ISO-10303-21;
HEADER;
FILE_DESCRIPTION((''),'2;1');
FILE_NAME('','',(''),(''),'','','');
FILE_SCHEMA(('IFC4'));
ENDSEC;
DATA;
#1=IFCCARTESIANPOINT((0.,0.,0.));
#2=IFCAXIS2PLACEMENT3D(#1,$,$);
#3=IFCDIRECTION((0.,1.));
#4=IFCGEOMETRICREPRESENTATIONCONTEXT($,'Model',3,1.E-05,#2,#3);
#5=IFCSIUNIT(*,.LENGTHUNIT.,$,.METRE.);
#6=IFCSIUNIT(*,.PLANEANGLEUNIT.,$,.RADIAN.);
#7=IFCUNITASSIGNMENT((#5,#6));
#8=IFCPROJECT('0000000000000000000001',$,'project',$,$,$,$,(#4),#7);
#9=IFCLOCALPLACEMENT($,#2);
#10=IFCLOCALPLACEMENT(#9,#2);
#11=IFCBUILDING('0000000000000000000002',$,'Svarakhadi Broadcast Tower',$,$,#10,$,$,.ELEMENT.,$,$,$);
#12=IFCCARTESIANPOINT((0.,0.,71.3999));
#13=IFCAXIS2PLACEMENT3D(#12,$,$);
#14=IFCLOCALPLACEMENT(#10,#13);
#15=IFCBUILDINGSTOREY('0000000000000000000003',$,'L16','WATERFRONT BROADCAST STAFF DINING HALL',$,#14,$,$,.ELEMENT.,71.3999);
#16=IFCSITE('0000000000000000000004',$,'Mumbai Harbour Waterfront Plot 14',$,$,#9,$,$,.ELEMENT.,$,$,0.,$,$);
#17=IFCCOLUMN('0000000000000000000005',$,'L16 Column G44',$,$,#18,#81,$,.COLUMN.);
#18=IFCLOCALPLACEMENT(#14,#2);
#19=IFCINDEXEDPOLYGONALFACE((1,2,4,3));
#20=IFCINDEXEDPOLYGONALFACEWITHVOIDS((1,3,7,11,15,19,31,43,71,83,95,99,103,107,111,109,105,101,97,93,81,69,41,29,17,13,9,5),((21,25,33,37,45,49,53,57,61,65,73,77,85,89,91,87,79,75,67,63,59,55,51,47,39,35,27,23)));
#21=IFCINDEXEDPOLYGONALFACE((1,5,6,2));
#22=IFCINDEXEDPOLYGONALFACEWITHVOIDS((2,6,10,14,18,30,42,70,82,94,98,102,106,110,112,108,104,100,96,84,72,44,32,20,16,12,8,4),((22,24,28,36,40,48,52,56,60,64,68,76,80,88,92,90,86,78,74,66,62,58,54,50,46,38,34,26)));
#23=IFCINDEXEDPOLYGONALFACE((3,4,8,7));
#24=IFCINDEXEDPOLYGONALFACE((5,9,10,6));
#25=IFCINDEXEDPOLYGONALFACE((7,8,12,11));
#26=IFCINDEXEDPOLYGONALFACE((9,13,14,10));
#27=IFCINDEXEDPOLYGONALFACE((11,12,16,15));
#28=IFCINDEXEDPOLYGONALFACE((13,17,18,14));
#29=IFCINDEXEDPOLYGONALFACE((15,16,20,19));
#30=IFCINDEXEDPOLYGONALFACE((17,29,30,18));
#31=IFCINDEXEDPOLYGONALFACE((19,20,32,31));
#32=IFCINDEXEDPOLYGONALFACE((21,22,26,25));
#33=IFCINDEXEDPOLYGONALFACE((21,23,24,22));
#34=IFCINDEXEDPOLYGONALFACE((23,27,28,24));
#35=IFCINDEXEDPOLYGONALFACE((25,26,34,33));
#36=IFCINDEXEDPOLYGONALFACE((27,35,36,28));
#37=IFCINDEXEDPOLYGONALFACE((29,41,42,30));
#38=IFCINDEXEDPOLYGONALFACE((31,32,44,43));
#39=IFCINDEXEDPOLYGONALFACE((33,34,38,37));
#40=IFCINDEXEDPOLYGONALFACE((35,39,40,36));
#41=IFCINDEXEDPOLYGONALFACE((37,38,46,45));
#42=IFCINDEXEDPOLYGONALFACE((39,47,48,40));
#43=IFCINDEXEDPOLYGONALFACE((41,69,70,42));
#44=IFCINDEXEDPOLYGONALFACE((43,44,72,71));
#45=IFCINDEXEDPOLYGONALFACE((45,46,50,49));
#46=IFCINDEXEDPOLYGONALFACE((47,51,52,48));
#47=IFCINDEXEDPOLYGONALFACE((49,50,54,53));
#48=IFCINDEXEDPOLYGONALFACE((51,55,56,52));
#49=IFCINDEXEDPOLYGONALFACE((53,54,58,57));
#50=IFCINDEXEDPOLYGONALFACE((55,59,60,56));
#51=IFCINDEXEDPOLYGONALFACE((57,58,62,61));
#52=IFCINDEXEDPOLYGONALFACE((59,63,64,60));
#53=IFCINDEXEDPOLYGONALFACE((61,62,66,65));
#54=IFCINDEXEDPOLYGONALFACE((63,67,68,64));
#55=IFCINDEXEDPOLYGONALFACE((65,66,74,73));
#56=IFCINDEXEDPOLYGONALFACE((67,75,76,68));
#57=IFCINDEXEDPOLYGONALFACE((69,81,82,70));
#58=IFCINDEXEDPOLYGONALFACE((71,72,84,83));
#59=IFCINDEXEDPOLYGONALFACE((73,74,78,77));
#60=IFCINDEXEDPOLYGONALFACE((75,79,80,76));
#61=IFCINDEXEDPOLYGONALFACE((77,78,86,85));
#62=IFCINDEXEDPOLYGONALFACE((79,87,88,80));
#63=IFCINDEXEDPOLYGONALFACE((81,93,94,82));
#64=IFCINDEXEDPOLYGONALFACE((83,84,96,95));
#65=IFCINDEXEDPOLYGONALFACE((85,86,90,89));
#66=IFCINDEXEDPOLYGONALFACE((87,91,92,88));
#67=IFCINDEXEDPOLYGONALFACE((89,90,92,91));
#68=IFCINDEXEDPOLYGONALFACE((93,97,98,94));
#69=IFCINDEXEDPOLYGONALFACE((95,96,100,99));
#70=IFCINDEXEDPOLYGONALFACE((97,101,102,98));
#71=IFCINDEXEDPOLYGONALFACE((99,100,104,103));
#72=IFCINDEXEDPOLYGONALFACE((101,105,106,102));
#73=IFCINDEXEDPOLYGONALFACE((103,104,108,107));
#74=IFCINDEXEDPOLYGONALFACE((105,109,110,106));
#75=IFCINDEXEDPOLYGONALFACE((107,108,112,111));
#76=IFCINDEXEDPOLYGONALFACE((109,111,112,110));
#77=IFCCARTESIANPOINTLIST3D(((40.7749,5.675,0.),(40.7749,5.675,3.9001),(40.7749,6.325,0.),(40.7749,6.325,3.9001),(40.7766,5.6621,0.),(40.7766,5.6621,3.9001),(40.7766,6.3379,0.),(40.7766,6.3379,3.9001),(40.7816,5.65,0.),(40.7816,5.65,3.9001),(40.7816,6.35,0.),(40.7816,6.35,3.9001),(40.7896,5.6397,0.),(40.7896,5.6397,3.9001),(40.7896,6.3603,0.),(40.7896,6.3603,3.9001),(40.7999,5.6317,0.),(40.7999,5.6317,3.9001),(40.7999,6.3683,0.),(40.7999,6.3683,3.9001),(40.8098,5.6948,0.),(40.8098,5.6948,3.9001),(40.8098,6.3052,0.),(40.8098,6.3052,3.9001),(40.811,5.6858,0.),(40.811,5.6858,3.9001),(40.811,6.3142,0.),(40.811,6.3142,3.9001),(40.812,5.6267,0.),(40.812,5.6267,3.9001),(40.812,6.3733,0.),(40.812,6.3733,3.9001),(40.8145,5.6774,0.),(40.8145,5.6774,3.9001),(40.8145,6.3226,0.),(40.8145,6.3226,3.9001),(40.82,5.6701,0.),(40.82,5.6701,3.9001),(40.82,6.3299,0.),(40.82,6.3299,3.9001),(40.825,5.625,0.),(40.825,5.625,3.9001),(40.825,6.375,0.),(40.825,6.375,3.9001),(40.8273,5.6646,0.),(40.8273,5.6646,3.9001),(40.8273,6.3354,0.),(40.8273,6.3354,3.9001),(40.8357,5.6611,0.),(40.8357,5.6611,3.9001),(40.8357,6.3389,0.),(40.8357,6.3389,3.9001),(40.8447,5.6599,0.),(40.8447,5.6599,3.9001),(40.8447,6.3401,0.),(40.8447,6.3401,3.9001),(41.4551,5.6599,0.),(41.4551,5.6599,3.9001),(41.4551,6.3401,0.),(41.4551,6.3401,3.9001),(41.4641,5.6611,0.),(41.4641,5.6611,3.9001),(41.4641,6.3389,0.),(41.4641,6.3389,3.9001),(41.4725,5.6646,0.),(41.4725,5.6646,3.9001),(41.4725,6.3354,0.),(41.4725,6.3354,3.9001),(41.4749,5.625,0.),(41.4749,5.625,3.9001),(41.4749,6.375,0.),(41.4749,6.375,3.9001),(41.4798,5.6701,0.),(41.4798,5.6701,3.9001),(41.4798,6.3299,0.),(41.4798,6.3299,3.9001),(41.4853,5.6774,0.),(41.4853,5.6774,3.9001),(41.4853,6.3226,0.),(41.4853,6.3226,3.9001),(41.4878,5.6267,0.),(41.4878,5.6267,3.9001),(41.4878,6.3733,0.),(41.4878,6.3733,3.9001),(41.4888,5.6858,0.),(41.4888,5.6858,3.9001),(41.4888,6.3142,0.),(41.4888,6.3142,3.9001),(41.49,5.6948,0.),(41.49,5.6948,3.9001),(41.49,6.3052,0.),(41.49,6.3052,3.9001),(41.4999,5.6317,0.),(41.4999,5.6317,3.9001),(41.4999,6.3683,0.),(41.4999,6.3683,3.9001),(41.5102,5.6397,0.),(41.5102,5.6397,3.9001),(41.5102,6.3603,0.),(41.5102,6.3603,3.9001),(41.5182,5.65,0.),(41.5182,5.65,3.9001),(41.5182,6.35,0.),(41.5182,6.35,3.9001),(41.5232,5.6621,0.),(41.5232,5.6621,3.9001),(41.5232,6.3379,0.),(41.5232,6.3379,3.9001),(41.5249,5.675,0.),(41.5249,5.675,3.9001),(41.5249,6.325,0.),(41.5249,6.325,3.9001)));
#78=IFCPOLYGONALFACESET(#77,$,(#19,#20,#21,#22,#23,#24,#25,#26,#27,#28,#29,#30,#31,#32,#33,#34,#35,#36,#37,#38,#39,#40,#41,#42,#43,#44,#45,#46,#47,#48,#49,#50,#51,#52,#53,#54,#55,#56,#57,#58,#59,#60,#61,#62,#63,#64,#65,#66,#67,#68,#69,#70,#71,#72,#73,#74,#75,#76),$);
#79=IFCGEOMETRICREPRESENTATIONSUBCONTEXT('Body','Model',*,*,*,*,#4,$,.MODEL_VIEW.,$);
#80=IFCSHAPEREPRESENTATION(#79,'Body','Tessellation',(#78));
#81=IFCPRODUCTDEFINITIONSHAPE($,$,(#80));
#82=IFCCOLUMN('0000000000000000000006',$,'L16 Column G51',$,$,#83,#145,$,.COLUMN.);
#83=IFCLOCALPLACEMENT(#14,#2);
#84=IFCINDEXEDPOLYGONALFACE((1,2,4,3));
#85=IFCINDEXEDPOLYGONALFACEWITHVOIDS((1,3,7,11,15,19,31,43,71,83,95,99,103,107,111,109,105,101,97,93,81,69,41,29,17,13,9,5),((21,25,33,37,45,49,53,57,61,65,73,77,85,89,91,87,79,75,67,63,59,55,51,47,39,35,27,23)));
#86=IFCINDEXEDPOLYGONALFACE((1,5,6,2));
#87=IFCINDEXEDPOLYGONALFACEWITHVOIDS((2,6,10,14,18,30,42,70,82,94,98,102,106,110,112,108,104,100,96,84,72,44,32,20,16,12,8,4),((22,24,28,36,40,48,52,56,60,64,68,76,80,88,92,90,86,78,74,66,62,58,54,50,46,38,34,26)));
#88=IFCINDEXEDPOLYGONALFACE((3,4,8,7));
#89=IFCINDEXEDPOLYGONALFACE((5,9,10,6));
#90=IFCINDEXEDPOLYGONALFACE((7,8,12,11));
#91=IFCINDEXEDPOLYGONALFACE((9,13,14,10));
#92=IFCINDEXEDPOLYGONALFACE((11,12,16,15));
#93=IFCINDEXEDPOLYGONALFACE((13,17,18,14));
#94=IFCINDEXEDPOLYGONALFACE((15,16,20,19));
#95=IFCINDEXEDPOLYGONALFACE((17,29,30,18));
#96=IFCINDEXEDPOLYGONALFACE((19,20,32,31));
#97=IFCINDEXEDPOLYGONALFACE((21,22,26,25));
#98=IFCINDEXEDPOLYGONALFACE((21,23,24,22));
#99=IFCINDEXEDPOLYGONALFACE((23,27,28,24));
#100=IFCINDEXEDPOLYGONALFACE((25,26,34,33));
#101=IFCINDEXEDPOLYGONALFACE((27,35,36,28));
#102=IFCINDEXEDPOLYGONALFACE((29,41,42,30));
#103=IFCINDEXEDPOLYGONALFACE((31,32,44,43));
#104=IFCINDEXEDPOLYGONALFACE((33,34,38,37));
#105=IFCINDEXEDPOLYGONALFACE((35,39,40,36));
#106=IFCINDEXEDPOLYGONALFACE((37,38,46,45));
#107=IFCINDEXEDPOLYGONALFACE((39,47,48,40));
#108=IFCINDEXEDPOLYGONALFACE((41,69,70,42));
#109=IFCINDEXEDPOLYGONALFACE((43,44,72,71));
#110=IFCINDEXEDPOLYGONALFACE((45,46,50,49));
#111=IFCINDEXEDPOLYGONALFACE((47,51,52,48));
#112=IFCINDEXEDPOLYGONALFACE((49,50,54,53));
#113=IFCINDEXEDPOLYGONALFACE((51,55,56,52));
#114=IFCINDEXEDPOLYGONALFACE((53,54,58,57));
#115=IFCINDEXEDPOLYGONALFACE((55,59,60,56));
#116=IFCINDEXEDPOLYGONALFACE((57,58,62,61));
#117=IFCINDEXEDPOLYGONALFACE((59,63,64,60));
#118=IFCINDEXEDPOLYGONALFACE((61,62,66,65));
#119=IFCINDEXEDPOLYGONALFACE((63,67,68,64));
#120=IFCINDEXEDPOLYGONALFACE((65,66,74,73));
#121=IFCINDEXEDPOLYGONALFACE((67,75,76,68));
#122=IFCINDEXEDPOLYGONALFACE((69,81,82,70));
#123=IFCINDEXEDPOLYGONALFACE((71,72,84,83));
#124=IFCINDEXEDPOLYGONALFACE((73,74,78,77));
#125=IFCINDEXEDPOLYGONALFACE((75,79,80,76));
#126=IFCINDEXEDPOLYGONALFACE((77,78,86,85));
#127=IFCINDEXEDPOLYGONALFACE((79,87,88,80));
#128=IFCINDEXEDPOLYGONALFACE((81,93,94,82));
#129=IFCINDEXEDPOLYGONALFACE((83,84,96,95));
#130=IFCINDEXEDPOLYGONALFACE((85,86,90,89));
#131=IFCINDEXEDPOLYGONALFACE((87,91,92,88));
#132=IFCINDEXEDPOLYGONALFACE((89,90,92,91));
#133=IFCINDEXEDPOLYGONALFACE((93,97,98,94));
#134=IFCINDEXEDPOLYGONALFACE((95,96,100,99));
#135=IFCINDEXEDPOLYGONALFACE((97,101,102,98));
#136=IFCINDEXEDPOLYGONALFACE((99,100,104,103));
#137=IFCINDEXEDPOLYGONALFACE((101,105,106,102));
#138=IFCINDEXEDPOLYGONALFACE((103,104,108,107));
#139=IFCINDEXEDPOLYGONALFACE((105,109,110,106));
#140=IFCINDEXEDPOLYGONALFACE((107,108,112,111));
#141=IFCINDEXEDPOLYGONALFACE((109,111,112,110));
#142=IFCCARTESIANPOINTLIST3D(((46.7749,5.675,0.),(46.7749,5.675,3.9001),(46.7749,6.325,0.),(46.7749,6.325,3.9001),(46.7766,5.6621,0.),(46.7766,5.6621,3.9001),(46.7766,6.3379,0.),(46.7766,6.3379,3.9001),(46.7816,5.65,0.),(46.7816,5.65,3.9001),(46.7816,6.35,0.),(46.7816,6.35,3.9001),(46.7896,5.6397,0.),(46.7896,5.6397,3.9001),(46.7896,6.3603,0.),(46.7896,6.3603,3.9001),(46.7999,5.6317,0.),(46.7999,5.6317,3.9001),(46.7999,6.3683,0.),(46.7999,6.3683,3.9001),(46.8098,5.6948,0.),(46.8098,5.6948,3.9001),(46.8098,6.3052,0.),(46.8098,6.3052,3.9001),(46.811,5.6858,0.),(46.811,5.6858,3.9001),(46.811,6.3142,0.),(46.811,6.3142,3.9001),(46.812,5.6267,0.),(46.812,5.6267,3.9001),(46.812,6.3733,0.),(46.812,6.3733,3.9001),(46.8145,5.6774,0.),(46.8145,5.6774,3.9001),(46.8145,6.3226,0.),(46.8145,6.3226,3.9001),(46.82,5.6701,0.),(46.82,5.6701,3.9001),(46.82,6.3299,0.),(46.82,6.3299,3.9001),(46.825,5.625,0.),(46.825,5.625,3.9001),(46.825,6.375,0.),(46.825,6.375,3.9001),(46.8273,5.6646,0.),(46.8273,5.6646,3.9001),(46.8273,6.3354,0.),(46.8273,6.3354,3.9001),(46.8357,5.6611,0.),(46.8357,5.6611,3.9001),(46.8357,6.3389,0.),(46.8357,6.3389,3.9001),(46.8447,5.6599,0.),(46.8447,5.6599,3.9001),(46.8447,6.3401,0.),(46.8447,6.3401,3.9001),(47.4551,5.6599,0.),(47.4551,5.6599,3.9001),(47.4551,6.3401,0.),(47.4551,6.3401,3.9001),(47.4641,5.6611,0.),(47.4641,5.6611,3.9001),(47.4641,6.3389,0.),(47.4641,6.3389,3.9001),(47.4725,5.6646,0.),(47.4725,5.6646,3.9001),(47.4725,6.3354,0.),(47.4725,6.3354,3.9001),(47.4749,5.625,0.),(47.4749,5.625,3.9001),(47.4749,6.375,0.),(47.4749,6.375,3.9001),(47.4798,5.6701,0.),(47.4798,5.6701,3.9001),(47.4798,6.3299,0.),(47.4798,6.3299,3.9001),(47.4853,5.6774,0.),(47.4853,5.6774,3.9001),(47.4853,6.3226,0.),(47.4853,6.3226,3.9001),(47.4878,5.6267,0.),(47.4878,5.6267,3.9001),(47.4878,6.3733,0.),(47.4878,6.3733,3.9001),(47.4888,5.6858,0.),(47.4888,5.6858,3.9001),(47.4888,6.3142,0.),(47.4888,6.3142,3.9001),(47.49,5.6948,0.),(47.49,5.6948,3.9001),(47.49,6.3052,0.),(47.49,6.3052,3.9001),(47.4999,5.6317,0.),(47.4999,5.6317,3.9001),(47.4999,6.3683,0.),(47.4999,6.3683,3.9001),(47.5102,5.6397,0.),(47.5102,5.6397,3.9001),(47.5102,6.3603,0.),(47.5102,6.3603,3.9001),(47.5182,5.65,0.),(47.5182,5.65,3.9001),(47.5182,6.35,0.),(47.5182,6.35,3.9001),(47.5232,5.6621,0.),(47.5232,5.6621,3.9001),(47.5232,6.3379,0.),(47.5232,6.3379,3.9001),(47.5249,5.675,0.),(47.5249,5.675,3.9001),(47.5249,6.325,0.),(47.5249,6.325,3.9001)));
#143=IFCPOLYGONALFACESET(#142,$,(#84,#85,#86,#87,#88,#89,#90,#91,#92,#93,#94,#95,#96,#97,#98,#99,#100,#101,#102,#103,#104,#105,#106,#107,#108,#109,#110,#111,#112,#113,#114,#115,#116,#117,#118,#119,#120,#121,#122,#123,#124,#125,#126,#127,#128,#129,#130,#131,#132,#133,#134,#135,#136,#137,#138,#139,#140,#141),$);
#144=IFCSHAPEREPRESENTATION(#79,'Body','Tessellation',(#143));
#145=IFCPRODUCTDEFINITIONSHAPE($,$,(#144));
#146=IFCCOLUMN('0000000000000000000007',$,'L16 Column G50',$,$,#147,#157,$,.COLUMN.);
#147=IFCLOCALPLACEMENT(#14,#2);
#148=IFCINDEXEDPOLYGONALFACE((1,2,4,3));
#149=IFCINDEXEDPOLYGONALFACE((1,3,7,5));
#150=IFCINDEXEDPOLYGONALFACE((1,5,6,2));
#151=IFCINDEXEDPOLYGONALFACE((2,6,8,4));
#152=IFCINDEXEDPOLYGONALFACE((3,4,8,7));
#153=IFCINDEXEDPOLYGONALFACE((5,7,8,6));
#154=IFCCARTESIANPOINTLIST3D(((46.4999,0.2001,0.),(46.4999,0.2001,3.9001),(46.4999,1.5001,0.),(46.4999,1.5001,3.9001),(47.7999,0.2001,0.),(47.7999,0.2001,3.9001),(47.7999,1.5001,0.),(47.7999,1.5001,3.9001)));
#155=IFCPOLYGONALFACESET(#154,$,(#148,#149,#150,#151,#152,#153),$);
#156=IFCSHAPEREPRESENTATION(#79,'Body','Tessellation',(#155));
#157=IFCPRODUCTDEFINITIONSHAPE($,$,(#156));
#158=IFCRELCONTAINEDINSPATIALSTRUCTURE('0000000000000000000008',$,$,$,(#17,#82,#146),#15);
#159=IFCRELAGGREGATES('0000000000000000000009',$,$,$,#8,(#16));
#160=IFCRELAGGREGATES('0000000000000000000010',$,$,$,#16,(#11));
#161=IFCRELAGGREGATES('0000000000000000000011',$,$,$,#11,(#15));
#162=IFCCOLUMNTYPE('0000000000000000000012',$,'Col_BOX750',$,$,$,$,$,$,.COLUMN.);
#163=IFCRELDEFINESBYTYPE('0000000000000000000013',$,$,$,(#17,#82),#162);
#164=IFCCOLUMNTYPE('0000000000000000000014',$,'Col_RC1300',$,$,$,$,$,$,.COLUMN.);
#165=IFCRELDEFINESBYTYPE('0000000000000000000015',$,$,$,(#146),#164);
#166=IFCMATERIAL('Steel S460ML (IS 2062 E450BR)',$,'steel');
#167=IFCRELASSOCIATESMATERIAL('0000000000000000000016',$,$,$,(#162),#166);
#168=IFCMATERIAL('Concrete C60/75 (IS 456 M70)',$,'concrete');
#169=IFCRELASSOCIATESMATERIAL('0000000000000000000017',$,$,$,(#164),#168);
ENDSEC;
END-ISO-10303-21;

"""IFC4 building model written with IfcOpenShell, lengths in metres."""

from ifc_helpers import new_model, si_unit, direction, frame, origin, origin_2d, place, context, subcontext, project, spatial, rectangle, hollow_rectangle, extrude, material, material_profile, profile_set, type_object, element, save


model = new_model("IFC4")

# Units and contexts
model_context = context("Model", 3, precision=1e-05, world=origin(), true_north=direction((0.0, 1.0)))
body_context = subcontext(model_context, "Body", "Model", "MODEL_VIEW")
ifc_project = project(units=[si_unit("LENGTHUNIT", "METRE"), si_unit("PLANEANGLEUNIT", "RADIAN")], contexts=[model_context])

# Site, building, storey
site_placement = place(None, origin())
site = spatial("IfcSite", under=ifc_project, at=site_placement, Name="Mumbai Harbour Waterfront Plot 14", CompositionType="ELEMENT", RefElevation=0.0)
building_placement = place(site_placement, origin())
building = spatial("IfcBuilding", under=site, at=building_placement, Name="Svarakhadi Broadcast Tower", CompositionType="ELEMENT")
storey_placement = place(building_placement, frame((0.0, 0.0, 71.3999)))
storey = spatial("IfcBuildingStorey", under=building, at=storey_placement, Name="L16", Description="WATERFRONT BROADCAST STAFF DINING HALL", CompositionType="ELEMENT", Elevation=71.3999)

# Columns
ifc_material_1 = material(Name="Steel S460ML (IS 2062 E450BR)", Category="steel")
ifc_material_profile_1 = material_profile(ifc_material_1, hollow_rectangle(XDim=0.75, YDim=0.75, WallThickness=0.0349, InnerFilletRadius=0.0349, OuterFilletRadius=0.05, at=origin_2d()), Name="BOX 750x750x35")
ifc_profile_set_1 = profile_set([ifc_material_profile_1], Name="Steel S460ML (IS 2062 E450BR)")
column_type_1 = type_object("IfcColumnType", Name="Col_BOX750", PredefinedType="COLUMN", material=ifc_profile_set_1)
for number, where, z_axis, x_axis, name in (
    (1, (41.1499, 6.0, 0.0), (0.0, 0.0, 1.0), (1.0, 0.0, 0.0), "L16 Column G44"),
    (2, (47.1499, 6.0, 0.0), (0.0, 0.0, 1.0), (1.0, 0.0, 0.0), "L16 Column G51"),
):
    element("IfcColumn", number, at=place(storey_placement, frame(where, z_axis=z_axis, x_axis=x_axis)), inside=storey, type_object=column_type_1, Name=name, PredefinedType="COLUMN", context=body_context, shape_type="SweptSolid", body=[
        extrude(hollow_rectangle(XDim=0.75, YDim=0.75, WallThickness=0.0349, InnerFilletRadius=0.0349, OuterFilletRadius=0.05, at=origin_2d()), origin(), (0.0, 0.0, 1.0), 3.9001),
    ])
ifc_material_2 = material(Name="Concrete C60/75 (IS 456 M70)", Category="concrete")
ifc_material_profile_2 = material_profile(ifc_material_2, rectangle(XDim=1.3, YDim=1.3, at=origin_2d()), Name="RC 1300x1300")
ifc_profile_set_2 = profile_set([ifc_material_profile_2], Name="Concrete C60/75 (IS 456 M70)")
column_type_2 = type_object("IfcColumnType", Name="Col_RC1300", PredefinedType="COLUMN", material=ifc_profile_set_2)
column_1_placement = place(storey_placement, frame((47.1499, 0.8501, 0.0), z_axis=(0.0, 0.0, 1.0), x_axis=(1.0, 0.0, 0.0)))
element("IfcColumn", 3, at=column_1_placement, inside=storey, type_object=column_type_2, Name="L16 Column G50", PredefinedType="COLUMN", context=body_context, shape_type="SweptSolid", body=[
    extrude(rectangle(XDim=1.3, YDim=1.3, at=origin_2d()), origin(), (0.0, 0.0, 1.0), 3.9001),
])

save(model, "model.ifc")
